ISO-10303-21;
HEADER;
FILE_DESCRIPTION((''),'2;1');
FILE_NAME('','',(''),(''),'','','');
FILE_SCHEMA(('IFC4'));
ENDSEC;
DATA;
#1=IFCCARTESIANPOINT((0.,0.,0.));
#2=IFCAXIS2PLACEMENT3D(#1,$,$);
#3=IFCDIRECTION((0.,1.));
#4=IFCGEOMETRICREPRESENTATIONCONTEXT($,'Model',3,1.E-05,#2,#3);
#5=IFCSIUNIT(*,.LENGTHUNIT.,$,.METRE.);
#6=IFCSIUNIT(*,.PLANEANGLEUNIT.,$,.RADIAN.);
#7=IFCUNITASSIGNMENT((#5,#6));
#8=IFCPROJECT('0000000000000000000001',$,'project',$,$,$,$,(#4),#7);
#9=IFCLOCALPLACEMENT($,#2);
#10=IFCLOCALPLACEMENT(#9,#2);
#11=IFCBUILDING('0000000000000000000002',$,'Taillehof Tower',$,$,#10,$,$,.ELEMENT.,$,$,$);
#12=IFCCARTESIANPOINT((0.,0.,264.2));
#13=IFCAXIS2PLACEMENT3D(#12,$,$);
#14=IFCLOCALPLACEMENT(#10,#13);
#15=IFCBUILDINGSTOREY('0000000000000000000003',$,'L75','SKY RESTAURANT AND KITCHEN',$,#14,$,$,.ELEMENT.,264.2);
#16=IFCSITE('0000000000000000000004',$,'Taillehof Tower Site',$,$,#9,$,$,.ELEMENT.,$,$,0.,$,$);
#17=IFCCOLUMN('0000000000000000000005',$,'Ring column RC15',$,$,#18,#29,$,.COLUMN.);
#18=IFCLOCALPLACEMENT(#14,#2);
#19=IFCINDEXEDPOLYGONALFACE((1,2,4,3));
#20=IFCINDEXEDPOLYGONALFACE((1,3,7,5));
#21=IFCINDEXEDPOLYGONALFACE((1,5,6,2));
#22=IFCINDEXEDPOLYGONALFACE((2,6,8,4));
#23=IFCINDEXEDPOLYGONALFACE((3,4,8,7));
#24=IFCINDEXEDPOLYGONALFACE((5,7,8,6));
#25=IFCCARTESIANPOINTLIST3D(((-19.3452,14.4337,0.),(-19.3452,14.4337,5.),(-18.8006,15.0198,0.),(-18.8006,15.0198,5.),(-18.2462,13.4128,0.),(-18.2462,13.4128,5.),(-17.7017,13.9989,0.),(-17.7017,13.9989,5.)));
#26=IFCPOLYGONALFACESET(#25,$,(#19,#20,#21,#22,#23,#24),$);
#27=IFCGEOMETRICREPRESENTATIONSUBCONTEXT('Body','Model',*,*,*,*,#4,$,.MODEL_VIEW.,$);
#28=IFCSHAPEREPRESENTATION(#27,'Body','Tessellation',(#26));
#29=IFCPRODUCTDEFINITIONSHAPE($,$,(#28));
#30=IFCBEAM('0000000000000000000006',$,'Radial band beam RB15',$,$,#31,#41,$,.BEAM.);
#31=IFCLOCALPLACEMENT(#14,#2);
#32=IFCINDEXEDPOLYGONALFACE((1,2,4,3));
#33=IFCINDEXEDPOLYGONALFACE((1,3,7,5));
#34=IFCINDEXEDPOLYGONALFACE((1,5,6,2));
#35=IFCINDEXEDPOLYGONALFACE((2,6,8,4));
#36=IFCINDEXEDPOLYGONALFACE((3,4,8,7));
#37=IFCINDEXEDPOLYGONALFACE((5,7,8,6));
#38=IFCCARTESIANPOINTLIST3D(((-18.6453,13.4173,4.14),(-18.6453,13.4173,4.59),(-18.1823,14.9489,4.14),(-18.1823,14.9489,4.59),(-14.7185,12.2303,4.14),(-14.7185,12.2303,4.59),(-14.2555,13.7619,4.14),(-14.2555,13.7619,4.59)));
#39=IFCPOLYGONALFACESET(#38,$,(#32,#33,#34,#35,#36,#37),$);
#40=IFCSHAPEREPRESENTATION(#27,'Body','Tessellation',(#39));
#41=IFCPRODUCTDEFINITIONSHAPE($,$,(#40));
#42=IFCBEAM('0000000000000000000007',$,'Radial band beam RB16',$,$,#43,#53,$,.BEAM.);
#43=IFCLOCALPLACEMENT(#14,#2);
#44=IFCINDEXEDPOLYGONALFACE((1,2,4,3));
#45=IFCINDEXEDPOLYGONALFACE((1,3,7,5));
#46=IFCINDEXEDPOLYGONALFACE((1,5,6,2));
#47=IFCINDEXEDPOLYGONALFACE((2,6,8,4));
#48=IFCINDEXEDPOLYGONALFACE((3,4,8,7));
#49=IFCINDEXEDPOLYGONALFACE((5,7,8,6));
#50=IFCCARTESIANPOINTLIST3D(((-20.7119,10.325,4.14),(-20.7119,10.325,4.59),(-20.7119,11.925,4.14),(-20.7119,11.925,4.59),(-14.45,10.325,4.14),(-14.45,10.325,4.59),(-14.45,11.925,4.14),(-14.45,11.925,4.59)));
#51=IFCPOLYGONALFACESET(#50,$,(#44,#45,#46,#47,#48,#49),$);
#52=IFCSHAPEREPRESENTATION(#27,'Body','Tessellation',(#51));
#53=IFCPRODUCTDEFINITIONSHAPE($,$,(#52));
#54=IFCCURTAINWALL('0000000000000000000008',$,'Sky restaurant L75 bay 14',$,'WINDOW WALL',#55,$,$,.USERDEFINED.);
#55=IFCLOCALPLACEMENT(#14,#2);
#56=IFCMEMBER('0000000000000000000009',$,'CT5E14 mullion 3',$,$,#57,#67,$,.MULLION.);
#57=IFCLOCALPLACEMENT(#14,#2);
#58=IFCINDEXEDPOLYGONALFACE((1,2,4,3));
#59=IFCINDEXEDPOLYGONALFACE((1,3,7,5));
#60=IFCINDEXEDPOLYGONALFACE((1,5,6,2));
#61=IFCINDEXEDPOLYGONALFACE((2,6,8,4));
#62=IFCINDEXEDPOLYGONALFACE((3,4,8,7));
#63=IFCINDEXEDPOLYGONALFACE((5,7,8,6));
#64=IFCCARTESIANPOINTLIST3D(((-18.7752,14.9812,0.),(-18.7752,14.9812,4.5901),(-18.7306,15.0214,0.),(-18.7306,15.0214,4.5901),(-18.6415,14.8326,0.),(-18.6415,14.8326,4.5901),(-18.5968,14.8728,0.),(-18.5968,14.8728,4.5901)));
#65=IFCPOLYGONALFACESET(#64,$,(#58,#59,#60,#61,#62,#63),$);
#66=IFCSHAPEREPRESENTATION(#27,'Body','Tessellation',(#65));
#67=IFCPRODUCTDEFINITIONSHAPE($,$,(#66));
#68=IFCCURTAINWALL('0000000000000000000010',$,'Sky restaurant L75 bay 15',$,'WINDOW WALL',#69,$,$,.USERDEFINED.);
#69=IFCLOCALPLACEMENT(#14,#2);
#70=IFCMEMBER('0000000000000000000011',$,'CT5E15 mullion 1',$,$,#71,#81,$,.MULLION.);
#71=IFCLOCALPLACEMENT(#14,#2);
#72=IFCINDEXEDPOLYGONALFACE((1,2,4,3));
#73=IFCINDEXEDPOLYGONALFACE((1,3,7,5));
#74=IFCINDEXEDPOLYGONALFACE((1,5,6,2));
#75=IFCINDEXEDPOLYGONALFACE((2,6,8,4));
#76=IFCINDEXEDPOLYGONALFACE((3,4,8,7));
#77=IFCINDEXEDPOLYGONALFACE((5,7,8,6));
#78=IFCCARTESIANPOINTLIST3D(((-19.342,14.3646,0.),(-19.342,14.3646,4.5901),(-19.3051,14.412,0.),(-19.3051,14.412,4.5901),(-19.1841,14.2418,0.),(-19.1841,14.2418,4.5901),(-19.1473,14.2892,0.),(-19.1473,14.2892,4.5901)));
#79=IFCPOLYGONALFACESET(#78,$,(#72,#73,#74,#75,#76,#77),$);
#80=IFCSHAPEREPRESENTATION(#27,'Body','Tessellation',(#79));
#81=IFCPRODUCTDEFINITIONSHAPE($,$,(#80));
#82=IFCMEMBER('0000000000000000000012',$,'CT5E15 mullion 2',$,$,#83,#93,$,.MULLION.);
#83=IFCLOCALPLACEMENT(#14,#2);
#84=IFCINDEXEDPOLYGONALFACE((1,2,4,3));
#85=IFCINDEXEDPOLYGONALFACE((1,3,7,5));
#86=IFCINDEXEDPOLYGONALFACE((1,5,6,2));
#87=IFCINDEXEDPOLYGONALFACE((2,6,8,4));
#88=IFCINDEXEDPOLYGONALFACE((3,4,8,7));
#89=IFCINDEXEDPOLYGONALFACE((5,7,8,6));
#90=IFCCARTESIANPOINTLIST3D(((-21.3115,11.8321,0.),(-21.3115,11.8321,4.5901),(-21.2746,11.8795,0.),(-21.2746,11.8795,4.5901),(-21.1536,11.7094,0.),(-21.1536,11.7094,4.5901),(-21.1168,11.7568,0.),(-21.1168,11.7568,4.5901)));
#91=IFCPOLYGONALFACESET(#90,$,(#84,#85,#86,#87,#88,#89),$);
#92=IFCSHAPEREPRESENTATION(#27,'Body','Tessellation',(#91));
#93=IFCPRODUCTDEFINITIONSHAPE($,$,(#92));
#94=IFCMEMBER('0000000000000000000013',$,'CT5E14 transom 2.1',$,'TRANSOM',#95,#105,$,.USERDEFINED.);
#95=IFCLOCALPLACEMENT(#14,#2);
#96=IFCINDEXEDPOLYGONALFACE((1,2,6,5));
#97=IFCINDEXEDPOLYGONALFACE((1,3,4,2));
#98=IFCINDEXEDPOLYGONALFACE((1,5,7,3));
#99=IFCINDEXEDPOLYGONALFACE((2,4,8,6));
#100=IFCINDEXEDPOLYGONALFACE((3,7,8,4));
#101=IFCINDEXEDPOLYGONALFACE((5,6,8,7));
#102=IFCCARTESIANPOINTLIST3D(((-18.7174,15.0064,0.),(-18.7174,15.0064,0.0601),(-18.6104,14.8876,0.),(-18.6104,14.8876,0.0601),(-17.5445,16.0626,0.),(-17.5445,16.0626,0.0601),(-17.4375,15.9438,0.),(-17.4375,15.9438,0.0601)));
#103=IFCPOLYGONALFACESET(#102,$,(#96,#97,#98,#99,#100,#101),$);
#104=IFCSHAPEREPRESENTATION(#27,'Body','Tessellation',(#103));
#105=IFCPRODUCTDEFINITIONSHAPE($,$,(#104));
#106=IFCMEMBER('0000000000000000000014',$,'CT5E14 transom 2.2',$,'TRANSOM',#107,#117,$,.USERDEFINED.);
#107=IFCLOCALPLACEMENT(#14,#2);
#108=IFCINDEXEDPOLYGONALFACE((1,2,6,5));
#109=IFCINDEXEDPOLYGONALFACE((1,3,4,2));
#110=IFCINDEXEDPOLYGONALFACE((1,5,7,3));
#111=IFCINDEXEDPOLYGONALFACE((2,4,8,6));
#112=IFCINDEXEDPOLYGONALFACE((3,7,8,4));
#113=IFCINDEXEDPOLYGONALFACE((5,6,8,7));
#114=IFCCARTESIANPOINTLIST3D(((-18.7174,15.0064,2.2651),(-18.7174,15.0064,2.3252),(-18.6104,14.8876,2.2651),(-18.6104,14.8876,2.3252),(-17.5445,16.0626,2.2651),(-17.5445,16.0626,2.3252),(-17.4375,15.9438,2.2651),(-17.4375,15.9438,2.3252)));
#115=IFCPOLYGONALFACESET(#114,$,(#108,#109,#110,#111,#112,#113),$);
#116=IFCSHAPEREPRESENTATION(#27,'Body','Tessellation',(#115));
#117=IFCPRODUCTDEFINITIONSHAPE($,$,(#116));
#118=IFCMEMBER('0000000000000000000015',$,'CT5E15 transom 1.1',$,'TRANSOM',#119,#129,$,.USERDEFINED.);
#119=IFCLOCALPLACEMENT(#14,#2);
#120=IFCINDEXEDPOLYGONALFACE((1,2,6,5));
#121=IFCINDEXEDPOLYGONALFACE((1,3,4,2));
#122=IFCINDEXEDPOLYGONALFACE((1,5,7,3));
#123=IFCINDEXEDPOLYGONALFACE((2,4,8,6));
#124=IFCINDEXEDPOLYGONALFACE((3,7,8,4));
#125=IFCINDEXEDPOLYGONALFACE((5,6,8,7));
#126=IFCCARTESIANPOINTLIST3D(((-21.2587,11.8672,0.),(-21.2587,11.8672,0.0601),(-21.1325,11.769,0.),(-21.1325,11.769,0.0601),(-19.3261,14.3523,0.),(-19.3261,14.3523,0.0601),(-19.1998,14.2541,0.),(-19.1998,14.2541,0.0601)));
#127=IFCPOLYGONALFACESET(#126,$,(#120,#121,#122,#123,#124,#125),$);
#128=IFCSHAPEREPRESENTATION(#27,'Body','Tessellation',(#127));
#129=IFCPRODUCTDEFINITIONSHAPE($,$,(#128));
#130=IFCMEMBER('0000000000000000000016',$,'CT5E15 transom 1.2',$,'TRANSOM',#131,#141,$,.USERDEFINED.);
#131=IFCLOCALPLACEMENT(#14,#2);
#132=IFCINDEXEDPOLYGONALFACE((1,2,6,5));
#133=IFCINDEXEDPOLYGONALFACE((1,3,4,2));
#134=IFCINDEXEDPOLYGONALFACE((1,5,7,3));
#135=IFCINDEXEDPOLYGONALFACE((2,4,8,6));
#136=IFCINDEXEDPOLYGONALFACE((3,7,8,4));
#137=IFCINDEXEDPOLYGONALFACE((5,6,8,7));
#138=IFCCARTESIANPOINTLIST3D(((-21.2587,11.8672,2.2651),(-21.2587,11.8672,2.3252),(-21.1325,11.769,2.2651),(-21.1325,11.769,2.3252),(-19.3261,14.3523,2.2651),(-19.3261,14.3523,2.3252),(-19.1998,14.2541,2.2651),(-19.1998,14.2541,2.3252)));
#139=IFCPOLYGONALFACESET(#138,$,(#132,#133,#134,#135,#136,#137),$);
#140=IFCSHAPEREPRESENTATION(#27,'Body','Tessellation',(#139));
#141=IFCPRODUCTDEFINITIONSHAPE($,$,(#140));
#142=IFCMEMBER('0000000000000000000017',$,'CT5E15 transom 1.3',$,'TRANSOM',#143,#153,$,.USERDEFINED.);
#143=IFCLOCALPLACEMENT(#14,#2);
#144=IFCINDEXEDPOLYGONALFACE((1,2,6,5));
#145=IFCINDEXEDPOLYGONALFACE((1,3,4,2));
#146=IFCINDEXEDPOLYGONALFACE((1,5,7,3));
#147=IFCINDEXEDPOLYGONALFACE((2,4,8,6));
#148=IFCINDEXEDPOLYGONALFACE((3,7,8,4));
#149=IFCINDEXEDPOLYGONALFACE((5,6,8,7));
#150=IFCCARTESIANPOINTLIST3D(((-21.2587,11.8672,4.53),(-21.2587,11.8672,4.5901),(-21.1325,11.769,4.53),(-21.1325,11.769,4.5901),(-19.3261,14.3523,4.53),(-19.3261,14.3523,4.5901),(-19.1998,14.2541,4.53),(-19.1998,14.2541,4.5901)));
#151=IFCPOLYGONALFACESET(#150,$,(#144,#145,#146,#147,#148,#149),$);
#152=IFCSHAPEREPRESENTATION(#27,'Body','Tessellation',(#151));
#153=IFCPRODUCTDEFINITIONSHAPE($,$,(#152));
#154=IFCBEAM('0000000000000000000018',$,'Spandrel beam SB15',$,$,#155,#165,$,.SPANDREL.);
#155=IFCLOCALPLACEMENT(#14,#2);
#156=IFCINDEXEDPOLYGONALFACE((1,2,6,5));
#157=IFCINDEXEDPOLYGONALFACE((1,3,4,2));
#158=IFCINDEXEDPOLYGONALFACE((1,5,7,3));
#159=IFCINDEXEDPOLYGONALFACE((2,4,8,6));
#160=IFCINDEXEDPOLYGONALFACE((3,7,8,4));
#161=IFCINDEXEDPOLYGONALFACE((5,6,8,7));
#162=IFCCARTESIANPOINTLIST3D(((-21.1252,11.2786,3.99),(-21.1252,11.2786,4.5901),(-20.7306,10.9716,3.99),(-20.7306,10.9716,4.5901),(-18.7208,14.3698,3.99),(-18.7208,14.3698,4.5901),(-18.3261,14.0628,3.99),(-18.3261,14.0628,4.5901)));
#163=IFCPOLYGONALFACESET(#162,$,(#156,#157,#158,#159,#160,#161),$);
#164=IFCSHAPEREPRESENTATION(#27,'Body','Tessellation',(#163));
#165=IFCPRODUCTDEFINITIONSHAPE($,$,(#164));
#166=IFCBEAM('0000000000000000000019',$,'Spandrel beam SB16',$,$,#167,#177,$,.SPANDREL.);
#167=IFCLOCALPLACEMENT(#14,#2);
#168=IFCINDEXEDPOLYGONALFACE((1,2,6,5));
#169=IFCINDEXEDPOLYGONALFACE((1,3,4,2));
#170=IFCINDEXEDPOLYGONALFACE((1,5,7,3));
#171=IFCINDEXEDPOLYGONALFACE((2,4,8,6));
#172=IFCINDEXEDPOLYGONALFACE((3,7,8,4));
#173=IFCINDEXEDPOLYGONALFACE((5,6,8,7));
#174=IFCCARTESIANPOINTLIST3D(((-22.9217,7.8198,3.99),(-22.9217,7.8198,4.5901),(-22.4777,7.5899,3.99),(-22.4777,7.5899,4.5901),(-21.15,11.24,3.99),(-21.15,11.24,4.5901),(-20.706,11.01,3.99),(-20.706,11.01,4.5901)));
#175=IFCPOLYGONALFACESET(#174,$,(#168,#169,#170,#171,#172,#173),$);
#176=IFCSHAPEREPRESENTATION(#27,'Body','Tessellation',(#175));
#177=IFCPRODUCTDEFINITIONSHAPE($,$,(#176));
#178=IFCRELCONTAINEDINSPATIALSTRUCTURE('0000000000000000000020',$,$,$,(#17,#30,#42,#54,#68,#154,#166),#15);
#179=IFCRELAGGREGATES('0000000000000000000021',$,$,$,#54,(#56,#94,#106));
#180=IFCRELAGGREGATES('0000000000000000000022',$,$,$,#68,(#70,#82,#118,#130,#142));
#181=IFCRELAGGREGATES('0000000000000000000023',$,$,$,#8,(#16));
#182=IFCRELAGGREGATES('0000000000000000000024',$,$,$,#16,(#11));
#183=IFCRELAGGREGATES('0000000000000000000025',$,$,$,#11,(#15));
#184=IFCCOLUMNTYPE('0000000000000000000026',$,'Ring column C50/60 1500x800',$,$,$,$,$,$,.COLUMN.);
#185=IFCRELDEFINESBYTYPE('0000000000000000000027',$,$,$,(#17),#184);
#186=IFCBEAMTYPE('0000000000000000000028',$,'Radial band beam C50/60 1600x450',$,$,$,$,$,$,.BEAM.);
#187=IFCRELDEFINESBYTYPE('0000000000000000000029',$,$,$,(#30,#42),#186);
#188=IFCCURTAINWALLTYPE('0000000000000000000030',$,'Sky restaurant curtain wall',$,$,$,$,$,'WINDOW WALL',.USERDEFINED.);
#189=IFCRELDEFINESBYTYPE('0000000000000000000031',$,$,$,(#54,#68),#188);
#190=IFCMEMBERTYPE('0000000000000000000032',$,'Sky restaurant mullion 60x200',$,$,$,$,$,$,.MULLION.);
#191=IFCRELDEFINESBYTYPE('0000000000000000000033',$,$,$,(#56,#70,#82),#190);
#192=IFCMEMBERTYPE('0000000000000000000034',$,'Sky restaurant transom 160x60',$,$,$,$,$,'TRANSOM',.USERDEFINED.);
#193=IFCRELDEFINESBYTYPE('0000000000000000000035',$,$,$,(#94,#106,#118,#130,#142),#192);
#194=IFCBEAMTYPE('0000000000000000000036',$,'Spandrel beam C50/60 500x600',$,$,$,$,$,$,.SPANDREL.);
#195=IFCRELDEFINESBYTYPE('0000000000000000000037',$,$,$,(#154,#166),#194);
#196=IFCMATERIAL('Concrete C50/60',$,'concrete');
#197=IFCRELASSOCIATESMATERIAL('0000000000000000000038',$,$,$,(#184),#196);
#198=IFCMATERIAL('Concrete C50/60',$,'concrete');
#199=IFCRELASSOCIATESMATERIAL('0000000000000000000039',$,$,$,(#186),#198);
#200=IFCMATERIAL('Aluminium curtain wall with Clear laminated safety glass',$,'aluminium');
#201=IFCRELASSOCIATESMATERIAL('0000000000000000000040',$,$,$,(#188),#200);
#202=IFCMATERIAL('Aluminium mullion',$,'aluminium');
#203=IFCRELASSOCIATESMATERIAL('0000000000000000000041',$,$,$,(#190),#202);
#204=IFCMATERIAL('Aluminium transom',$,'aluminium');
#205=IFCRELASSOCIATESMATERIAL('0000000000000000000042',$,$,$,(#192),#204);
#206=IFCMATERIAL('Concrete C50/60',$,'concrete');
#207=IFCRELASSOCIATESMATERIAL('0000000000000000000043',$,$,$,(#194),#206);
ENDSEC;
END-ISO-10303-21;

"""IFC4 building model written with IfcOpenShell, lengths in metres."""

from ifc_helpers import new_model, si_unit, direction, frame, origin, origin_2d, place, context, subcontext, project, spatial, rectangle, extrude, material, material_profile, profile_set, type_object, element, aggregate, save


model = new_model("IFC4")

# Units and contexts
model_context = context("Model", 3, precision=1e-05, world=origin(), true_north=direction((0.0, 1.0)))
body_context = subcontext(model_context, "Body", "Model", "MODEL_VIEW")
ifc_project = project(units=[si_unit("LENGTHUNIT", "METRE"), si_unit("PLANEANGLEUNIT", "RADIAN")], contexts=[model_context])

# Site, building, storey
site_placement = place(None, origin())
site = spatial("IfcSite", under=ifc_project, at=site_placement, Name="Taillehof Tower Site", CompositionType="ELEMENT", RefElevation=0.0)
building_placement = place(site_placement, origin())
building = spatial("IfcBuilding", under=site, at=building_placement, Name="Taillehof Tower", CompositionType="ELEMENT")
storey_placement = place(building_placement, frame((0.0, 0.0, 264.2)))
storey = spatial("IfcBuildingStorey", under=building, at=storey_placement, Name="L75", Description="SKY RESTAURANT AND KITCHEN", CompositionType="ELEMENT", Elevation=264.2)

# Column
ifc_material_1 = material(Name="Concrete C50/60", Category="concrete")
ifc_material_profile_1 = material_profile(ifc_material_1, rectangle(XDim=1.5, YDim=0.8, at=origin_2d()), Name="RC 1500x800")
ifc_profile_set_1 = profile_set([ifc_material_profile_1], Name="Concrete C50/60")
column_type = type_object("IfcColumnType", Name="Ring column C50/60 1500x800", PredefinedType="COLUMN", material=ifc_profile_set_1)
column_placement = place(storey_placement, frame((-18.5234, 14.2163, 0.0), z_axis=(0.0, 0.0, 1.0), x_axis=(-0.732636, 0.680621, 0.0)))
element("IfcColumn", 1, at=column_placement, inside=storey, type_object=column_type, Name="Ring column RC15", PredefinedType="COLUMN", context=body_context, shape_type="SweptSolid", body=[
    extrude(rectangle(XDim=1.5, YDim=0.8, at=origin_2d()), origin(), (0.0, 0.0, 1.0), 5.0),
])

# Beams
ifc_material_2 = material(Name="Concrete C50/60", Category="concrete")
ifc_material_profile_2 = material_profile(ifc_material_2, rectangle(XDim=1.6001, YDim=0.45, at=origin_2d()), Name="RC 1600x450")
ifc_profile_set_2 = profile_set([ifc_material_profile_2], Name="Concrete C50/60")
beam_type_1 = type_object("IfcBeamType", Name="Radial band beam C50/60 1600x450", PredefinedType="BEAM", material=ifc_profile_set_2)
beam_1_placement = place(storey_placement, frame((-18.4138, 14.1831, 4.365), z_axis=(0.957221, -0.289357, 0.0), x_axis=(0.289357, 0.957221, 0.0)))
element("IfcBeam", 2, at=beam_1_placement, inside=storey, type_object=beam_type_1, Name="Radial band beam RB15", PredefinedType="BEAM", context=body_context, shape_type="SweptSolid", body=[
    extrude(rectangle(XDim=1.6001, YDim=0.45, at=origin_2d()), origin(), (0.0, 0.0, 1.0), 4.1023),
])
beam_2_placement = place(storey_placement, frame((-20.7119, 11.125, 4.365), z_axis=(1.0, 0.0, 0.0), x_axis=(0.0, 1.0, 0.0)))
element("IfcBeam", 3, at=beam_2_placement, inside=storey, type_object=beam_type_1, Name="Radial band beam RB16", PredefinedType="BEAM", context=body_context, shape_type="SweptSolid", body=[
    extrude(rectangle(XDim=1.6001, YDim=0.45, at=origin_2d()), origin(), (0.0, 0.0, 1.0), 6.262),
])

# Curtain wall, member
ifc_material_3 = material(Name="Aluminium curtain wall with Clear laminated safety glass", Category="aluminium")
curtain_wall_type = type_object("IfcCurtainWallType", Name="Sky restaurant curtain wall", ElementType="WINDOW WALL", PredefinedType="USERDEFINED", material=ifc_material_3)
curtain_wall_1_placement = place(storey_placement, origin())
curtain_wall_1 = element("IfcCurtainWall", 4, at=curtain_wall_1_placement, inside=storey, type_object=curtain_wall_type, Name="Sky restaurant L75 bay 14", ObjectType="WINDOW WALL", PredefinedType="USERDEFINED")
ifc_material_4 = material(Name="Aluminium mullion", Category="aluminium")
ifc_material_profile_3 = material_profile(ifc_material_4, rectangle(XDim=0.2, YDim=0.0601, at=origin_2d()), Name="AL 60x200")
ifc_profile_set_3 = profile_set([ifc_material_profile_3], Name="Aluminium mullion")
member_type_1 = type_object("IfcMemberType", Name="Sky restaurant mullion 60x200", PredefinedType="MULLION", material=ifc_profile_set_3)
member_1_placement = place(storey_placement, frame((-18.686, 14.927, 0.0), z_axis=(0.0, 0.0, 1.0), x_axis=(0.669107, -0.743166, 0.0)))
member_1 = element("IfcMember", 5, at=member_1_placement, type_object=member_type_1, Name="CT5E14 mullion 3", PredefinedType="MULLION", context=body_context, shape_type="SweptSolid", body=[
    extrude(rectangle(XDim=0.2, YDim=0.0601, at=origin_2d()), origin(), (0.0, 0.0, 1.0), 4.5901),
])

# Curtain wall, members
curtain_wall_2_placement = place(storey_placement, origin())
curtain_wall_2 = element("IfcCurtainWall", 6, at=curtain_wall_2_placement, inside=storey, type_object=curtain_wall_type, Name="Sky restaurant L75 bay 15", ObjectType="WINDOW WALL", PredefinedType="USERDEFINED")
member_2_placement = place(storey_placement, frame((-19.2446, 14.3269, 0.0), z_axis=(0.0, 0.0, 1.0), x_axis=(0.789382, -0.613903, 0.0)))
member_2 = element("IfcMember", 7, at=member_2_placement, type_object=member_type_1, Name="CT5E15 mullion 1", PredefinedType="MULLION", context=body_context, shape_type="SweptSolid", body=[
    extrude(rectangle(XDim=0.2, YDim=0.0601, at=origin_2d()), origin(), (0.0, 0.0, 1.0), 4.5901),
])
member_3_placement = place(storey_placement, frame((-21.2141, 11.7944, 0.0), z_axis=(0.0, 0.0, 1.0), x_axis=(0.789382, -0.613903, 0.0)))
member_3 = element("IfcMember", 8, at=member_3_placement, type_object=member_type_1, Name="CT5E15 mullion 2", PredefinedType="MULLION", context=body_context, shape_type="SweptSolid", body=[
    extrude(rectangle(XDim=0.2, YDim=0.0601, at=origin_2d()), origin(), (0.0, 0.0, 1.0), 4.5901),
])

# Members
ifc_material_5 = material(Name="Aluminium transom", Category="aluminium")
ifc_material_profile_4 = material_profile(ifc_material_5, rectangle(XDim=0.1599, YDim=0.0601, at=origin_2d()), Name="AL 160x60")
ifc_profile_set_4 = profile_set([ifc_material_profile_4], Name="Aluminium transom")
member_type_2 = type_object("IfcMemberType", Name="Sky restaurant transom 160x60", ElementType="TRANSOM", PredefinedType="USERDEFINED", material=ifc_profile_set_4)
member_4_placement = place(storey_placement, frame((-17.491, 16.0032, 0.03), z_axis=(-0.74311, -0.66917, 0.0), x_axis=(0.66917, -0.74311, 0.0)))
member_4 = element("IfcMember", 9, at=member_4_placement, type_object=member_type_2, Name="CT5E14 transom 2.1", ObjectType="TRANSOM", PredefinedType="USERDEFINED", context=body_context, shape_type="SweptSolid", body=[
    extrude(rectangle(XDim=0.1599, YDim=0.0601, at=origin_2d()), origin(), (0.0, 0.0, 1.0), 1.5784),
])
member_5_placement = place(storey_placement, frame((-17.491, 16.0032, 2.2952), z_axis=(-0.74311, -0.66917, 0.0), x_axis=(0.66917, -0.74311, 0.0)))
member_5 = element("IfcMember", 10, at=member_5_placement, type_object=member_type_2, Name="CT5E14 transom 2.2", ObjectType="TRANSOM", PredefinedType="USERDEFINED", context=body_context, shape_type="SweptSolid", body=[
    extrude(rectangle(XDim=0.1599, YDim=0.0601, at=origin_2d()), origin(), (0.0, 0.0, 1.0), 1.5784),
])
member_6_placement = place(storey_placement, frame((-19.2629, 14.3032, 0.03), z_axis=(-0.613892, -0.78939, 0.0), x_axis=(0.78939, -0.613892, 0.0)))
member_6 = element("IfcMember", 11, at=member_6_placement, type_object=member_type_2, Name="CT5E15 transom 1.1", ObjectType="TRANSOM", PredefinedType="USERDEFINED", context=body_context, shape_type="SweptSolid", body=[
    extrude(rectangle(XDim=0.1599, YDim=0.0601, at=origin_2d()), origin(), (0.0, 0.0, 1.0), 3.1482),
])
member_7_placement = place(storey_placement, frame((-19.2629, 14.3032, 2.2952), z_axis=(-0.613892, -0.78939, 0.0), x_axis=(0.78939, -0.613892, 0.0)))
member_7 = element("IfcMember", 12, at=member_7_placement, type_object=member_type_2, Name="CT5E15 transom 1.2", ObjectType="TRANSOM", PredefinedType="USERDEFINED", context=body_context, shape_type="SweptSolid", body=[
    extrude(rectangle(XDim=0.1599, YDim=0.0601, at=origin_2d()), origin(), (0.0, 0.0, 1.0), 3.1482),
])
member_8_placement = place(storey_placement, frame((-19.2629, 14.3032, 4.5601), z_axis=(-0.613892, -0.78939, 0.0), x_axis=(0.78939, -0.613892, 0.0)))
member_8 = element("IfcMember", 13, at=member_8_placement, type_object=member_type_2, Name="CT5E15 transom 1.3", ObjectType="TRANSOM", PredefinedType="USERDEFINED", context=body_context, shape_type="SweptSolid", body=[
    extrude(rectangle(XDim=0.1599, YDim=0.0601, at=origin_2d()), origin(), (0.0, 0.0, 1.0), 3.1482),
])

# Beams
ifc_material_6 = material(Name="Concrete C50/60", Category="concrete")
ifc_material_profile_5 = material_profile(ifc_material_6, rectangle(XDim=0.5, YDim=0.6001, at=origin_2d()), Name="RC 500x600")
ifc_profile_set_5 = profile_set([ifc_material_profile_5], Name="Concrete C50/60")
beam_type_2 = type_object("IfcBeamType", Name="Spandrel beam C50/60 500x600", PredefinedType="SPANDREL", material=ifc_profile_set_5)
beam_3_placement = place(storey_placement, frame((-18.5234, 14.2163, 4.29), z_axis=(-0.613971, -0.789329, 0.0), x_axis=(0.789329, -0.613971, 0.0)))
element("IfcBeam", 14, at=beam_3_placement, inside=storey, type_object=beam_type_2, Name="Spandrel beam SB15", PredefinedType="SPANDREL", context=body_context, shape_type="SweptSolid", body=[
    extrude(rectangle(XDim=0.5, YDim=0.6001, at=origin_2d()), origin(), (0.0, 0.0, 1.0), 3.9163),
])
beam_4_placement = place(storey_placement, frame((-20.928, 11.125, 4.29), z_axis=(-0.459971, -0.887934, 0.0), x_axis=(0.887934, -0.459971, 0.0)))
element("IfcBeam", 15, at=beam_4_placement, inside=storey, type_object=beam_type_2, Name="Spandrel beam SB16", PredefinedType="SPANDREL", context=body_context, shape_type="SweptSolid", body=[
    extrude(rectangle(XDim=0.5, YDim=0.6001, at=origin_2d()), origin(), (0.0, 0.0, 1.0), 3.8518),
])

aggregate(curtain_wall_1, [member_1, member_4, member_5])
aggregate(curtain_wall_2, [member_2, member_3, member_6, member_7, member_8])

save(model, "model.ifc")
